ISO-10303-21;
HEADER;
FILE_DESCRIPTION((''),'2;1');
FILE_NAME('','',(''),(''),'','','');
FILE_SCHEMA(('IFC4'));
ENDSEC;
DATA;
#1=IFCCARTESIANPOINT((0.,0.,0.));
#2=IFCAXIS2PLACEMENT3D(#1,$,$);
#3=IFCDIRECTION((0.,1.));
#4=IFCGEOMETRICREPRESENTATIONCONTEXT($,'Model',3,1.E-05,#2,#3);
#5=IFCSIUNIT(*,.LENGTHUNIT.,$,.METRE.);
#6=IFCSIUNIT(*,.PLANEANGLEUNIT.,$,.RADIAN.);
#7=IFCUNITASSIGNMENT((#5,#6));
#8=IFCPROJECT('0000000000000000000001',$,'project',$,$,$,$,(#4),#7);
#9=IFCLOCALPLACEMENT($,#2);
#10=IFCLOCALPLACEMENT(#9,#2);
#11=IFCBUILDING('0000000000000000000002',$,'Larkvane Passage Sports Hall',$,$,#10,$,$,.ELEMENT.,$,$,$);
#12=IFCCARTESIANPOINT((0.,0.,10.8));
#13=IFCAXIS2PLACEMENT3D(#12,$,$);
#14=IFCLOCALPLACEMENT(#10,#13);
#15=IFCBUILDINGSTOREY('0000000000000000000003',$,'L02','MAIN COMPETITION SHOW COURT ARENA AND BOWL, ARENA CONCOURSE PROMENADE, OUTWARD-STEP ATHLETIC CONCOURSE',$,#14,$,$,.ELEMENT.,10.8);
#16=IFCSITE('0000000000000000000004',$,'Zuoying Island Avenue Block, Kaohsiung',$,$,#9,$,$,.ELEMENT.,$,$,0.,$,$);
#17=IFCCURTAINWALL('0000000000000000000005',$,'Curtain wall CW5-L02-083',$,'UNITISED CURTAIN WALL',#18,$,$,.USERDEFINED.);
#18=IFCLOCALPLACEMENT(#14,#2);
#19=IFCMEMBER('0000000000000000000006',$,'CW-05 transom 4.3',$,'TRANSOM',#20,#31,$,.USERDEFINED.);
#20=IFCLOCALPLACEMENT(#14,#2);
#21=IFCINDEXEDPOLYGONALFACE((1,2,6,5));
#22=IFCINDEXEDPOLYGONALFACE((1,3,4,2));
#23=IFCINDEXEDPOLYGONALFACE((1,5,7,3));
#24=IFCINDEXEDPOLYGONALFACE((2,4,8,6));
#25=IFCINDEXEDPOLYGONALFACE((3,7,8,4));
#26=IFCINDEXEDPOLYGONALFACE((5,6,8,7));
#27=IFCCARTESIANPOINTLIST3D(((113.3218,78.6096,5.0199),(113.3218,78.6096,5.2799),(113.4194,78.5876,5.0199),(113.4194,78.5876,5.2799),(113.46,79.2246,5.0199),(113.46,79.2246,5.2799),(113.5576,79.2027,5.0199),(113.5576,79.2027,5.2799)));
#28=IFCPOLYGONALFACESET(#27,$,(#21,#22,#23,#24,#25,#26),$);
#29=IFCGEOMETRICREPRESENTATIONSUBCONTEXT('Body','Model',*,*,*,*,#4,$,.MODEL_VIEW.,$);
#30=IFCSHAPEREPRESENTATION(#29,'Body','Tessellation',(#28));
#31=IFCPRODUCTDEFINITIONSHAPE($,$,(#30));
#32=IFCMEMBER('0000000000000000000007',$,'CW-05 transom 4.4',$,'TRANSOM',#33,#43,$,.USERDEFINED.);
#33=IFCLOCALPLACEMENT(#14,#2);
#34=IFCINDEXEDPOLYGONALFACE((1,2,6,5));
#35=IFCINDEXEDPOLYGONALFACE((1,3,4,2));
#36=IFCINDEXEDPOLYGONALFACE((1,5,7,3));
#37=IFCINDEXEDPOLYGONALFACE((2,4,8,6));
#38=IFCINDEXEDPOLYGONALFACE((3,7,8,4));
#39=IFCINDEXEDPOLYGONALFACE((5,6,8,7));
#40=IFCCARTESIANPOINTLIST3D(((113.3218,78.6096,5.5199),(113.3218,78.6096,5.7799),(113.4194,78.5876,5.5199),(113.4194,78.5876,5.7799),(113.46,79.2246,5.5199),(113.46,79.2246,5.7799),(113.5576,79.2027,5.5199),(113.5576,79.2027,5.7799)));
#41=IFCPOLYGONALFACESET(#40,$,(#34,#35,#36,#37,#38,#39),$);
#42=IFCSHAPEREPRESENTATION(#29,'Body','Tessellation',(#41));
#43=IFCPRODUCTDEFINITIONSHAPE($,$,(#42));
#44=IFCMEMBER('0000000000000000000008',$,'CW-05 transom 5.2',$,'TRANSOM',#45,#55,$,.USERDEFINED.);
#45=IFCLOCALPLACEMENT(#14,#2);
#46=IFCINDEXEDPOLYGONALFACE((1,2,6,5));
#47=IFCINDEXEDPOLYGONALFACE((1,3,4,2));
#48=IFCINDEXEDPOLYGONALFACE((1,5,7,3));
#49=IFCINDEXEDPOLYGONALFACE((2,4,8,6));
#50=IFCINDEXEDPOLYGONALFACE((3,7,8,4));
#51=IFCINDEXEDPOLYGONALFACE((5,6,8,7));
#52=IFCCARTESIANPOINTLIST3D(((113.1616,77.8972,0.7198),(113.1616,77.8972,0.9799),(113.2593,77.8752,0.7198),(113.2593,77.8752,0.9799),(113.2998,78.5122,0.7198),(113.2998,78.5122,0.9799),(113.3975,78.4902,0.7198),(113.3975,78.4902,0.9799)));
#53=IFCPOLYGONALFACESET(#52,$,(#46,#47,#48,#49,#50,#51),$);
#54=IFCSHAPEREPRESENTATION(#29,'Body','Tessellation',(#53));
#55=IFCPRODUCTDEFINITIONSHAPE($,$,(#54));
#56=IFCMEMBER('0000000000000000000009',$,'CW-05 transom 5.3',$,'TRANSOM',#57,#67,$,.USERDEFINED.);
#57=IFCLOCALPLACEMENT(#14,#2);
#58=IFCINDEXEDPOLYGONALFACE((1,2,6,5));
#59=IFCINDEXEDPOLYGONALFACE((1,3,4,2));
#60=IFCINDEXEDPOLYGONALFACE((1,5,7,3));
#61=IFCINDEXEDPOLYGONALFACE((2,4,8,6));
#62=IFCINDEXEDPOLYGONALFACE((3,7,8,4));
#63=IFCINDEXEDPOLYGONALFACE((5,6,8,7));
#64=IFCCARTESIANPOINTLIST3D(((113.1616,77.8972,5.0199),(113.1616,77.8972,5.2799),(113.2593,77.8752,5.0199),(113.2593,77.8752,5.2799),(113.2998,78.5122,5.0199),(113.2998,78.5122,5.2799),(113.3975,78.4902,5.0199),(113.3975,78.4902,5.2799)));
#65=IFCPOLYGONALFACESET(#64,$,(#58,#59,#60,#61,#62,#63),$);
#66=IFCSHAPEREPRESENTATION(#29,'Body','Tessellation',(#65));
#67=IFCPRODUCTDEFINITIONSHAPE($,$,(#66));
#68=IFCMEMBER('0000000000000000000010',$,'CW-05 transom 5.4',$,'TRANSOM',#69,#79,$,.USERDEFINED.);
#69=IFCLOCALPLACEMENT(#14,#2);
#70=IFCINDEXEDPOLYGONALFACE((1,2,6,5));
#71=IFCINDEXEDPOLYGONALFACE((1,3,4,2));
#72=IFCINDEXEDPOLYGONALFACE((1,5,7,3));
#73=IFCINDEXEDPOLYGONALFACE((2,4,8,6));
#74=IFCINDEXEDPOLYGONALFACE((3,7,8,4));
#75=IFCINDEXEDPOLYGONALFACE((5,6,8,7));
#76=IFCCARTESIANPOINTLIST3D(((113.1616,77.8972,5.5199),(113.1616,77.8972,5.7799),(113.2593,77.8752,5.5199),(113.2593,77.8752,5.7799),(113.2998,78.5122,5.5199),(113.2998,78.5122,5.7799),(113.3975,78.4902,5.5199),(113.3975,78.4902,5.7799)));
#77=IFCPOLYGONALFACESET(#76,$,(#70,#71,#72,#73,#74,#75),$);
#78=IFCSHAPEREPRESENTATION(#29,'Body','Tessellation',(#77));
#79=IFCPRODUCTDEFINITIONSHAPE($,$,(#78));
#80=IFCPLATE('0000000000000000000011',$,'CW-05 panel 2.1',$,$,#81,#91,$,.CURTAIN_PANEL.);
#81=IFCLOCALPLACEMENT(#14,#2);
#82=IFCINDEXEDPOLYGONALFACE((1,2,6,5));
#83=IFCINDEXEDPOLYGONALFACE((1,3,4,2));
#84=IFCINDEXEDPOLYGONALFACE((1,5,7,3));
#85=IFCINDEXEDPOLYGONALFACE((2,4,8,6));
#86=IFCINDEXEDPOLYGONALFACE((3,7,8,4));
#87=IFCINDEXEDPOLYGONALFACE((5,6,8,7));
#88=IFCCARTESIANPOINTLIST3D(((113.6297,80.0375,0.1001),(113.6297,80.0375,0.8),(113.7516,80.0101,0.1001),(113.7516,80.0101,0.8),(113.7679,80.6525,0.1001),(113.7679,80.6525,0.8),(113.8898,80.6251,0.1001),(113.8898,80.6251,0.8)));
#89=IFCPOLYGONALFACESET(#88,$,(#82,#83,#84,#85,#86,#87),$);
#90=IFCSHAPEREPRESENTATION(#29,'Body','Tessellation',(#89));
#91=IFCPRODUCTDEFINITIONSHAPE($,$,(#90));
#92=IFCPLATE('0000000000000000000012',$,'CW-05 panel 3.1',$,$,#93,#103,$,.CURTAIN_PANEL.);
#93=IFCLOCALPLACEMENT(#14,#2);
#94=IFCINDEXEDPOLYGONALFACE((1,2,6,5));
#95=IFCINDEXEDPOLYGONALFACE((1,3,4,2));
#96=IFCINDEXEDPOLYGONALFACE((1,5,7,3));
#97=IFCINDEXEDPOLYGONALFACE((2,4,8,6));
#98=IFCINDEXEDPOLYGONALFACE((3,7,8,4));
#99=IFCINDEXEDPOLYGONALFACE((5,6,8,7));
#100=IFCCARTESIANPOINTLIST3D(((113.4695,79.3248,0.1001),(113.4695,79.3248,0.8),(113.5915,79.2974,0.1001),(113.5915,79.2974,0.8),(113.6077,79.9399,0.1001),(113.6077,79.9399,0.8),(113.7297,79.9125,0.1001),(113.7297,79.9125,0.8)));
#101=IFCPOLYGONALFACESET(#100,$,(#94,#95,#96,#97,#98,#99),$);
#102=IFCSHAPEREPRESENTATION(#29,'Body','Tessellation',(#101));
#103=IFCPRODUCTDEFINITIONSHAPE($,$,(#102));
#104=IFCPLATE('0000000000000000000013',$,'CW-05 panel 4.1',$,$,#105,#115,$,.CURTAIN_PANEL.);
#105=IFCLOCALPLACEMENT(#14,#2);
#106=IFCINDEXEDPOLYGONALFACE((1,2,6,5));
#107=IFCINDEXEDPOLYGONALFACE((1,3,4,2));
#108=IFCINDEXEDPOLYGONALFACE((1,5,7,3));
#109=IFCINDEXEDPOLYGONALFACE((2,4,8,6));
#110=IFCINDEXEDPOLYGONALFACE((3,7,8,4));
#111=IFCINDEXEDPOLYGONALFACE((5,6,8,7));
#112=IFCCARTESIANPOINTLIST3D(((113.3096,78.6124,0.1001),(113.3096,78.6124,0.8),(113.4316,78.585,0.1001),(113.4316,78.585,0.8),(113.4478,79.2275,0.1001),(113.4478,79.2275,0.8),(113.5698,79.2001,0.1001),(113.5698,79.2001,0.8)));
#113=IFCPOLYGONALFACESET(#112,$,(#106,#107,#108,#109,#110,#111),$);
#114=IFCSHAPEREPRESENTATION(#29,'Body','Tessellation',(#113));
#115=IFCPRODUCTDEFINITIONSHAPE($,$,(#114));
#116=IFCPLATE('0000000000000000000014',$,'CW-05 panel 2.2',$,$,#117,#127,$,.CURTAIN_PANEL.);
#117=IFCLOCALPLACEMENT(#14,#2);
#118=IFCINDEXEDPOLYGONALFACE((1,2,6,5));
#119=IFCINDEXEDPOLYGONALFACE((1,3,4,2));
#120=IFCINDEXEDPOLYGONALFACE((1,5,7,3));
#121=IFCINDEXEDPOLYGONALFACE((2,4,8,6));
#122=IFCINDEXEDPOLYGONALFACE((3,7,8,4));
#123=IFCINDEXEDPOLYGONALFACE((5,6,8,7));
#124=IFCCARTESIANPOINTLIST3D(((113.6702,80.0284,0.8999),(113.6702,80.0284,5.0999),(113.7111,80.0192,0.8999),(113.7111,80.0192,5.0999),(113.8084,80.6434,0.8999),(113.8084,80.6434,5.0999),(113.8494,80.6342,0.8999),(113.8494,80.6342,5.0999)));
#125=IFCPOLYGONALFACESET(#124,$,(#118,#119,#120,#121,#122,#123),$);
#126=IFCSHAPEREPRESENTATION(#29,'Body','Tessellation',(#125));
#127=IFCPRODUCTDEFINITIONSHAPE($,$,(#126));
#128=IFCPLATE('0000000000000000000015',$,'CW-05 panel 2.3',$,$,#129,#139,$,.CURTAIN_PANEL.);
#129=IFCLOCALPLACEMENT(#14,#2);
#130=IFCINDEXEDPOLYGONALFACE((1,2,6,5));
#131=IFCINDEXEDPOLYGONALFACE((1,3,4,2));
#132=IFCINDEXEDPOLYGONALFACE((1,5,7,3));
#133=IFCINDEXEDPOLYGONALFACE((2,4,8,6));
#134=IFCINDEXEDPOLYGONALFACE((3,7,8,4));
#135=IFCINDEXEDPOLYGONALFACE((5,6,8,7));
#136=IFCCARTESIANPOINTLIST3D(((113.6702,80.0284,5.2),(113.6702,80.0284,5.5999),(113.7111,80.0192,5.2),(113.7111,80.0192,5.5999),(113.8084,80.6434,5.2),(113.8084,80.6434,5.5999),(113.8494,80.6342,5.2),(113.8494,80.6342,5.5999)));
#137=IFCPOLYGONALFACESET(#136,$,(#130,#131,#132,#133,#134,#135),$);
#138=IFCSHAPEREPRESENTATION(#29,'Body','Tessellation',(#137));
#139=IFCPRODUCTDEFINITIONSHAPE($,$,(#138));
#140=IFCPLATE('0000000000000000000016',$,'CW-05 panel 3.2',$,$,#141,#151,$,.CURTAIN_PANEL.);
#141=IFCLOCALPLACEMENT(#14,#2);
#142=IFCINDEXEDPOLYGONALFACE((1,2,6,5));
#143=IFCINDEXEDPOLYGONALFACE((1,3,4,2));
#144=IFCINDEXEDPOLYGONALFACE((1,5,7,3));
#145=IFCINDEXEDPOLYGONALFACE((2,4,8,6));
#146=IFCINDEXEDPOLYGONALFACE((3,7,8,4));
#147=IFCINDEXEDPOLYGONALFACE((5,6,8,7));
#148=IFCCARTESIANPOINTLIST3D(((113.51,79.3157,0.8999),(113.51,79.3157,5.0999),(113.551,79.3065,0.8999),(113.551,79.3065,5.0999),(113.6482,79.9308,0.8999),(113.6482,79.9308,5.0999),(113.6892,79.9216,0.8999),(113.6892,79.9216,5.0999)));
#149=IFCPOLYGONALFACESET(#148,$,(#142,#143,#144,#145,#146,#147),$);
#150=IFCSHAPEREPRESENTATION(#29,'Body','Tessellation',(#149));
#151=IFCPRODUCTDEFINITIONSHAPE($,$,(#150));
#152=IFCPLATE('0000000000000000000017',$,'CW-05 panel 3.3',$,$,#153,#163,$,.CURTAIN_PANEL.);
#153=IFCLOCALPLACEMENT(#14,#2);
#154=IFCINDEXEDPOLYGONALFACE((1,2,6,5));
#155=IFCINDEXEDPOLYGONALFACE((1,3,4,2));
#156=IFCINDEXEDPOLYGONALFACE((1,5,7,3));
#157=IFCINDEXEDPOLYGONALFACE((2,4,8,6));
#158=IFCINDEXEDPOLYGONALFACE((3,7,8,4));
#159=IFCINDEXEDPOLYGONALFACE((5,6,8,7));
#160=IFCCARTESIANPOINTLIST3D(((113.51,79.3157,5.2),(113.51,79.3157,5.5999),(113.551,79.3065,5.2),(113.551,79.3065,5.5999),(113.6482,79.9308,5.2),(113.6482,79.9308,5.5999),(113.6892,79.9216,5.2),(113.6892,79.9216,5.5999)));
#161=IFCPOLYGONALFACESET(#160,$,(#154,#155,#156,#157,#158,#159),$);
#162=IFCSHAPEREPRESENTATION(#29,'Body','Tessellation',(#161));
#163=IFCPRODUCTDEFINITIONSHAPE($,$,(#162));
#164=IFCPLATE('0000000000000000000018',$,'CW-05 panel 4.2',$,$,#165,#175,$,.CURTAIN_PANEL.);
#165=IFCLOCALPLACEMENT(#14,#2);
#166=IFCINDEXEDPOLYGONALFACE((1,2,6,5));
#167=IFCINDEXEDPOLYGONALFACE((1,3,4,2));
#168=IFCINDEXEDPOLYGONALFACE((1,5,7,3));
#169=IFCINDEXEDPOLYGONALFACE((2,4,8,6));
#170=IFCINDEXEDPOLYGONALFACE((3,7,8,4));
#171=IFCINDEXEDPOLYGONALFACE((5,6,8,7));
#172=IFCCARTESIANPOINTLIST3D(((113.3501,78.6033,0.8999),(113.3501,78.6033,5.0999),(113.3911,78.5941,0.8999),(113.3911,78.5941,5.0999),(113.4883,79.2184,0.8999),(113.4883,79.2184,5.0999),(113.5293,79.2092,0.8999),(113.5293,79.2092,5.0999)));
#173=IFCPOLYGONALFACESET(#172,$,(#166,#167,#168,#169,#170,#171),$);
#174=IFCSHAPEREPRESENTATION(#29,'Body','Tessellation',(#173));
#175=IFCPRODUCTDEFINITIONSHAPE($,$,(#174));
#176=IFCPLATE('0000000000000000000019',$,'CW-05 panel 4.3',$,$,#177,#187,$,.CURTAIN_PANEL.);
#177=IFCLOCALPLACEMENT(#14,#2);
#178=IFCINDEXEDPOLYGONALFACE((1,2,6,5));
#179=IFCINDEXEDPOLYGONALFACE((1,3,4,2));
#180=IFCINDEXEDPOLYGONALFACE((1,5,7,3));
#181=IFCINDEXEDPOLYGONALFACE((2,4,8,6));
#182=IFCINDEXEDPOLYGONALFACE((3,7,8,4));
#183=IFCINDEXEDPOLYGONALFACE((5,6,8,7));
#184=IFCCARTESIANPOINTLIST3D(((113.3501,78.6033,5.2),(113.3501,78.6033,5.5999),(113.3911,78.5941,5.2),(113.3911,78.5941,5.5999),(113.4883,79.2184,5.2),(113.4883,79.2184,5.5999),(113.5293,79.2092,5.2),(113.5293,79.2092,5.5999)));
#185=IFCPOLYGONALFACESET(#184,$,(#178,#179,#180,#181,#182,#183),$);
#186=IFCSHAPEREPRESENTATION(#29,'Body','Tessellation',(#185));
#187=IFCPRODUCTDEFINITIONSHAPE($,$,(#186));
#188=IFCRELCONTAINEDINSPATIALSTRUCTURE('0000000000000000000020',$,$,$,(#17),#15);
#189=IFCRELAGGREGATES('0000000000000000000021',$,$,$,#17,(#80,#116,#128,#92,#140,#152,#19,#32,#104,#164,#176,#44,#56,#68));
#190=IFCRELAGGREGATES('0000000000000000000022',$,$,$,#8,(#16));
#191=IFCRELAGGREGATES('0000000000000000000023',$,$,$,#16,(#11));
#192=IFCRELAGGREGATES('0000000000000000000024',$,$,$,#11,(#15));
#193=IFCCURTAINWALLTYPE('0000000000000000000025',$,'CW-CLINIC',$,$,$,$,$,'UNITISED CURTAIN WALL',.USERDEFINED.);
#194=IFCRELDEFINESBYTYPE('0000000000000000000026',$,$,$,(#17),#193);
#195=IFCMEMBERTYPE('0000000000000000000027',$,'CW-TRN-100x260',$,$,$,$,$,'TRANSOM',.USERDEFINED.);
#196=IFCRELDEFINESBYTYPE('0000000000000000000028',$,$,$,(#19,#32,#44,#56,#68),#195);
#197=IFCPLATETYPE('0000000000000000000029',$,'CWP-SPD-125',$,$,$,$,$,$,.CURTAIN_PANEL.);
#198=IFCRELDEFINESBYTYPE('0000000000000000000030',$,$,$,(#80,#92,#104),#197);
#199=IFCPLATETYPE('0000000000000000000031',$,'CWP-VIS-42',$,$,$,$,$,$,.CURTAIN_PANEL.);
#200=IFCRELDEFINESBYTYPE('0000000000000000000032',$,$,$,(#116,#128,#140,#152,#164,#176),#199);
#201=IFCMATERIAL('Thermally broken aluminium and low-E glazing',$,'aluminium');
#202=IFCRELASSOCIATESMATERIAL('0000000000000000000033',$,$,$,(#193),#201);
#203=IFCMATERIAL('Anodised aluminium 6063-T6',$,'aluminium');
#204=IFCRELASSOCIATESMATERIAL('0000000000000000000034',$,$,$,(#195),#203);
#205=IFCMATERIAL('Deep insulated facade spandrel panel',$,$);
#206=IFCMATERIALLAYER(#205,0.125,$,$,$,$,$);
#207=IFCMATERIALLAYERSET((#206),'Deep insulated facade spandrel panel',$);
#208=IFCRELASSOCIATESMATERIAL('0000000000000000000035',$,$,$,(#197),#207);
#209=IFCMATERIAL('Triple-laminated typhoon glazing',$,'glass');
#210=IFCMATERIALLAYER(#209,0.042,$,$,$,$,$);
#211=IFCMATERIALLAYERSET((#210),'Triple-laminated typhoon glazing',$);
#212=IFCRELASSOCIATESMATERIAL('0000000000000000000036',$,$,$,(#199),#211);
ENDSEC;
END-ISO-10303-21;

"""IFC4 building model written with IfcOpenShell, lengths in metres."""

from ifc_helpers import new_model, si_unit, direction, frame, origin, origin_2d, place, context, subcontext, project, spatial, rectangle, extrude, material, layer, layer_set, material_profile, profile_set, type_object, element, aggregate, save


model = new_model("IFC4")

# Units and contexts
model_context = context("Model", 3, precision=1e-05, world=origin(), true_north=direction((0.0, 1.0)))
body_context = subcontext(model_context, "Body", "Model", "MODEL_VIEW")
ifc_project = project(units=[si_unit("LENGTHUNIT", "METRE"), si_unit("PLANEANGLEUNIT", "RADIAN")], contexts=[model_context])

# Site, building, storey
site_placement = place(None, origin())
site = spatial("IfcSite", under=ifc_project, at=site_placement, Name="Zuoying Island Avenue Block, Kaohsiung", CompositionType="ELEMENT", RefElevation=0.0)
building_placement = place(site_placement, origin())
building = spatial("IfcBuilding", under=site, at=building_placement, Name="Larkvane Passage Sports Hall", CompositionType="ELEMENT")
storey_placement = place(building_placement, frame((0.0, 0.0, 10.8)))
storey = spatial("IfcBuildingStorey", under=building, at=storey_placement, Name="L02", Description="MAIN COMPETITION SHOW COURT ARENA AND BOWL, ARENA CONCOURSE PROMENADE, OUTWARD-STEP ATHLETIC CONCOURSE", CompositionType="ELEMENT", Elevation=10.8)

# Curtain wall, members, plates
ifc_material_1 = material(Name="Thermally broken aluminium and low-E glazing", Category="aluminium")
curtain_wall_type = type_object("IfcCurtainWallType", Name="CW-CLINIC", ElementType="UNITISED CURTAIN WALL", PredefinedType="USERDEFINED", material=ifc_material_1)
curtain_wall_placement = place(storey_placement, origin())
curtain_wall = element("IfcCurtainWall", 1, at=curtain_wall_placement, inside=storey, type_object=curtain_wall_type, Name="Curtain wall CW5-L02-083", ObjectType="UNITISED CURTAIN WALL", PredefinedType="USERDEFINED")
ifc_material_2 = material(Name="Anodised aluminium 6063-T6", Category="aluminium")
ifc_material_profile_1 = material_profile(ifc_material_2, rectangle(XDim=0.1001, YDim=0.26, at=origin_2d()), Name="ALU-TRN-100x260")
ifc_profile_set_1 = profile_set([ifc_material_profile_1], Name="Anodised aluminium 6063-T6")
member_type_1 = type_object("IfcMemberType", Name="CW-TRN-100x260", ElementType="TRANSOM", PredefinedType="USERDEFINED", material=ifc_profile_set_1)
member_1_placement = place(storey_placement, frame((113.5088, 79.2136, 5.1499), z_axis=(-0.219226, -0.975674, 0.0), x_axis=(0.975674, -0.219226, 0.0)))
member_1 = element("IfcMember", 2, at=member_1_placement, type_object=member_type_1, Name="CW-05 transom 4.3", ObjectType="TRANSOM", PredefinedType="USERDEFINED", context=body_context, shape_type="SweptSolid", body=[
    extrude(rectangle(XDim=0.1001, YDim=0.26, at=origin_2d()), origin(), (0.0, 0.0, 1.0), 0.6304),
])
member_2_placement = place(storey_placement, frame((113.5088, 79.2136, 5.6499), z_axis=(-0.219226, -0.975674, 0.0), x_axis=(0.975674, -0.219226, 0.0)))
member_2 = element("IfcMember", 3, at=member_2_placement, type_object=member_type_1, Name="CW-05 transom 4.4", ObjectType="TRANSOM", PredefinedType="USERDEFINED", context=body_context, shape_type="SweptSolid", body=[
    extrude(rectangle(XDim=0.1001, YDim=0.26, at=origin_2d()), origin(), (0.0, 0.0, 1.0), 0.6304),
])
member_3_placement = place(storey_placement, frame((113.3486, 78.5012, 0.8499), z_axis=(-0.219226, -0.975674, 0.0), x_axis=(0.975674, -0.219226, 0.0)))
member_3 = element("IfcMember", 4, at=member_3_placement, type_object=member_type_1, Name="CW-05 transom 5.2", ObjectType="TRANSOM", PredefinedType="USERDEFINED", context=body_context, shape_type="SweptSolid", body=[
    extrude(rectangle(XDim=0.1001, YDim=0.26, at=origin_2d()), origin(), (0.0, 0.0, 1.0), 0.6304),
])
member_4_placement = place(storey_placement, frame((113.3486, 78.5012, 5.1499), z_axis=(-0.219226, -0.975674, 0.0), x_axis=(0.975674, -0.219226, 0.0)))
member_4 = element("IfcMember", 5, at=member_4_placement, type_object=member_type_1, Name="CW-05 transom 5.3", ObjectType="TRANSOM", PredefinedType="USERDEFINED", context=body_context, shape_type="SweptSolid", body=[
    extrude(rectangle(XDim=0.1001, YDim=0.26, at=origin_2d()), origin(), (0.0, 0.0, 1.0), 0.6304),
])
member_5_placement = place(storey_placement, frame((113.3486, 78.5012, 5.6499), z_axis=(-0.219226, -0.975674, 0.0), x_axis=(0.975674, -0.219226, 0.0)))
member_5 = element("IfcMember", 6, at=member_5_placement, type_object=member_type_1, Name="CW-05 transom 5.4", ObjectType="TRANSOM", PredefinedType="USERDEFINED", context=body_context, shape_type="SweptSolid", body=[
    extrude(rectangle(XDim=0.1001, YDim=0.26, at=origin_2d()), origin(), (0.0, 0.0, 1.0), 0.6304),
])
ifc_material_3 = material(Name="Deep insulated facade spandrel panel")
ifc_layer_1 = layer(ifc_material_3, 0.125)
ifc_layer_set_1 = layer_set([ifc_layer_1], Name="Deep insulated facade spandrel panel")
plate_type_1 = type_object("IfcPlateType", Name="CWP-SPD-125", PredefinedType="CURTAIN_PANEL", material=ifc_layer_set_1)
plate_1_placement = place(storey_placement, frame((113.7598, 80.3313, 0.1001), z_axis=(0.0, 0.0, 1.0), x_axis=(-0.219244, -0.97567, 0.0)))
plate_1 = element("IfcPlate", 7, at=plate_1_placement, type_object=plate_type_1, Name="CW-05 panel 2.1", PredefinedType="CURTAIN_PANEL", context=body_context, shape_type="SweptSolid", body=[
    extrude(rectangle(XDim=0.6304, YDim=0.125, at=origin_2d()), origin(), (0.0, 0.0, 1.0), 0.7),
])
plate_2_placement = place(storey_placement, frame((113.5996, 79.6187, 0.1001), z_axis=(0.0, 0.0, 1.0), x_axis=(-0.219244, -0.97567, 0.0)))
plate_2 = element("IfcPlate", 8, at=plate_2_placement, type_object=plate_type_1, Name="CW-05 panel 3.1", PredefinedType="CURTAIN_PANEL", context=body_context, shape_type="SweptSolid", body=[
    extrude(rectangle(XDim=0.6304, YDim=0.125, at=origin_2d()), origin(), (0.0, 0.0, 1.0), 0.7),
])
plate_3_placement = place(storey_placement, frame((113.4397, 78.9062, 0.1001), z_axis=(0.0, 0.0, 1.0), x_axis=(-0.219244, -0.97567, 0.0)))
plate_3 = element("IfcPlate", 9, at=plate_3_placement, type_object=plate_type_1, Name="CW-05 panel 4.1", PredefinedType="CURTAIN_PANEL", context=body_context, shape_type="SweptSolid", body=[
    extrude(rectangle(XDim=0.6304, YDim=0.125, at=origin_2d()), origin(), (0.0, 0.0, 1.0), 0.7),
])
ifc_material_4 = material(Name="Triple-laminated typhoon glazing", Category="glass")
ifc_layer_2 = layer(ifc_material_4, 0.042)
ifc_layer_set_2 = layer_set([ifc_layer_2], Name="Triple-laminated typhoon glazing")
plate_type_2 = type_object("IfcPlateType", Name="CWP-VIS-42", PredefinedType="CURTAIN_PANEL", material=ifc_layer_set_2)
plate_4_placement = place(storey_placement, frame((113.7598, 80.3313, 0.8999), z_axis=(0.0, 0.0, 1.0), x_axis=(-0.219244, -0.97567, 0.0)))
plate_4 = element("IfcPlate", 10, at=plate_4_placement, type_object=plate_type_2, Name="CW-05 panel 2.2", PredefinedType="CURTAIN_PANEL", context=body_context, shape_type="SweptSolid", body=[
    extrude(rectangle(XDim=0.6304, YDim=0.042, at=origin_2d()), origin(), (0.0, 0.0, 1.0), 4.2),
])
plate_5_placement = place(storey_placement, frame((113.7598, 80.3313, 5.2), z_axis=(0.0, 0.0, 1.0), x_axis=(-0.219244, -0.97567, 0.0)))
plate_5 = element("IfcPlate", 11, at=plate_5_placement, type_object=plate_type_2, Name="CW-05 panel 2.3", PredefinedType="CURTAIN_PANEL", context=body_context, shape_type="SweptSolid", body=[
    extrude(rectangle(XDim=0.6304, YDim=0.042, at=origin_2d()), origin(), (0.0, 0.0, 1.0), 0.3999),
])
plate_6_placement = place(storey_placement, frame((113.5996, 79.6187, 0.8999), z_axis=(0.0, 0.0, 1.0), x_axis=(-0.219244, -0.97567, 0.0)))
plate_6 = element("IfcPlate", 12, at=plate_6_placement, type_object=plate_type_2, Name="CW-05 panel 3.2", PredefinedType="CURTAIN_PANEL", context=body_context, shape_type="SweptSolid", body=[
    extrude(rectangle(XDim=0.6304, YDim=0.042, at=origin_2d()), origin(), (0.0, 0.0, 1.0), 4.2),
])
plate_7_placement = place(storey_placement, frame((113.5996, 79.6187, 5.2), z_axis=(0.0, 0.0, 1.0), x_axis=(-0.219244, -0.97567, 0.0)))
plate_7 = element("IfcPlate", 13, at=plate_7_placement, type_object=plate_type_2, Name="CW-05 panel 3.3", PredefinedType="CURTAIN_PANEL", context=body_context, shape_type="SweptSolid", body=[
    extrude(rectangle(XDim=0.6304, YDim=0.042, at=origin_2d()), origin(), (0.0, 0.0, 1.0), 0.3999),
])
plate_8_placement = place(storey_placement, frame((113.4397, 78.9062, 0.8999), z_axis=(0.0, 0.0, 1.0), x_axis=(-0.219244, -0.97567, 0.0)))
plate_8 = element("IfcPlate", 14, at=plate_8_placement, type_object=plate_type_2, Name="CW-05 panel 4.2", PredefinedType="CURTAIN_PANEL", context=body_context, shape_type="SweptSolid", body=[
    extrude(rectangle(XDim=0.6304, YDim=0.042, at=origin_2d()), origin(), (0.0, 0.0, 1.0), 4.2),
])
plate_9_placement = place(storey_placement, frame((113.4397, 78.9062, 5.2), z_axis=(0.0, 0.0, 1.0), x_axis=(-0.219244, -0.97567, 0.0)))
plate_9 = element("IfcPlate", 15, at=plate_9_placement, type_object=plate_type_2, Name="CW-05 panel 4.3", PredefinedType="CURTAIN_PANEL", context=body_context, shape_type="SweptSolid", body=[
    extrude(rectangle(XDim=0.6304, YDim=0.042, at=origin_2d()), origin(), (0.0, 0.0, 1.0), 0.3999),
])
aggregate(curtain_wall, [plate_1, plate_4, plate_5, plate_2, plate_6, plate_7, member_1, member_2, plate_3, plate_8, plate_9, member_3, member_4, member_5])

save(model, "model.ifc")
